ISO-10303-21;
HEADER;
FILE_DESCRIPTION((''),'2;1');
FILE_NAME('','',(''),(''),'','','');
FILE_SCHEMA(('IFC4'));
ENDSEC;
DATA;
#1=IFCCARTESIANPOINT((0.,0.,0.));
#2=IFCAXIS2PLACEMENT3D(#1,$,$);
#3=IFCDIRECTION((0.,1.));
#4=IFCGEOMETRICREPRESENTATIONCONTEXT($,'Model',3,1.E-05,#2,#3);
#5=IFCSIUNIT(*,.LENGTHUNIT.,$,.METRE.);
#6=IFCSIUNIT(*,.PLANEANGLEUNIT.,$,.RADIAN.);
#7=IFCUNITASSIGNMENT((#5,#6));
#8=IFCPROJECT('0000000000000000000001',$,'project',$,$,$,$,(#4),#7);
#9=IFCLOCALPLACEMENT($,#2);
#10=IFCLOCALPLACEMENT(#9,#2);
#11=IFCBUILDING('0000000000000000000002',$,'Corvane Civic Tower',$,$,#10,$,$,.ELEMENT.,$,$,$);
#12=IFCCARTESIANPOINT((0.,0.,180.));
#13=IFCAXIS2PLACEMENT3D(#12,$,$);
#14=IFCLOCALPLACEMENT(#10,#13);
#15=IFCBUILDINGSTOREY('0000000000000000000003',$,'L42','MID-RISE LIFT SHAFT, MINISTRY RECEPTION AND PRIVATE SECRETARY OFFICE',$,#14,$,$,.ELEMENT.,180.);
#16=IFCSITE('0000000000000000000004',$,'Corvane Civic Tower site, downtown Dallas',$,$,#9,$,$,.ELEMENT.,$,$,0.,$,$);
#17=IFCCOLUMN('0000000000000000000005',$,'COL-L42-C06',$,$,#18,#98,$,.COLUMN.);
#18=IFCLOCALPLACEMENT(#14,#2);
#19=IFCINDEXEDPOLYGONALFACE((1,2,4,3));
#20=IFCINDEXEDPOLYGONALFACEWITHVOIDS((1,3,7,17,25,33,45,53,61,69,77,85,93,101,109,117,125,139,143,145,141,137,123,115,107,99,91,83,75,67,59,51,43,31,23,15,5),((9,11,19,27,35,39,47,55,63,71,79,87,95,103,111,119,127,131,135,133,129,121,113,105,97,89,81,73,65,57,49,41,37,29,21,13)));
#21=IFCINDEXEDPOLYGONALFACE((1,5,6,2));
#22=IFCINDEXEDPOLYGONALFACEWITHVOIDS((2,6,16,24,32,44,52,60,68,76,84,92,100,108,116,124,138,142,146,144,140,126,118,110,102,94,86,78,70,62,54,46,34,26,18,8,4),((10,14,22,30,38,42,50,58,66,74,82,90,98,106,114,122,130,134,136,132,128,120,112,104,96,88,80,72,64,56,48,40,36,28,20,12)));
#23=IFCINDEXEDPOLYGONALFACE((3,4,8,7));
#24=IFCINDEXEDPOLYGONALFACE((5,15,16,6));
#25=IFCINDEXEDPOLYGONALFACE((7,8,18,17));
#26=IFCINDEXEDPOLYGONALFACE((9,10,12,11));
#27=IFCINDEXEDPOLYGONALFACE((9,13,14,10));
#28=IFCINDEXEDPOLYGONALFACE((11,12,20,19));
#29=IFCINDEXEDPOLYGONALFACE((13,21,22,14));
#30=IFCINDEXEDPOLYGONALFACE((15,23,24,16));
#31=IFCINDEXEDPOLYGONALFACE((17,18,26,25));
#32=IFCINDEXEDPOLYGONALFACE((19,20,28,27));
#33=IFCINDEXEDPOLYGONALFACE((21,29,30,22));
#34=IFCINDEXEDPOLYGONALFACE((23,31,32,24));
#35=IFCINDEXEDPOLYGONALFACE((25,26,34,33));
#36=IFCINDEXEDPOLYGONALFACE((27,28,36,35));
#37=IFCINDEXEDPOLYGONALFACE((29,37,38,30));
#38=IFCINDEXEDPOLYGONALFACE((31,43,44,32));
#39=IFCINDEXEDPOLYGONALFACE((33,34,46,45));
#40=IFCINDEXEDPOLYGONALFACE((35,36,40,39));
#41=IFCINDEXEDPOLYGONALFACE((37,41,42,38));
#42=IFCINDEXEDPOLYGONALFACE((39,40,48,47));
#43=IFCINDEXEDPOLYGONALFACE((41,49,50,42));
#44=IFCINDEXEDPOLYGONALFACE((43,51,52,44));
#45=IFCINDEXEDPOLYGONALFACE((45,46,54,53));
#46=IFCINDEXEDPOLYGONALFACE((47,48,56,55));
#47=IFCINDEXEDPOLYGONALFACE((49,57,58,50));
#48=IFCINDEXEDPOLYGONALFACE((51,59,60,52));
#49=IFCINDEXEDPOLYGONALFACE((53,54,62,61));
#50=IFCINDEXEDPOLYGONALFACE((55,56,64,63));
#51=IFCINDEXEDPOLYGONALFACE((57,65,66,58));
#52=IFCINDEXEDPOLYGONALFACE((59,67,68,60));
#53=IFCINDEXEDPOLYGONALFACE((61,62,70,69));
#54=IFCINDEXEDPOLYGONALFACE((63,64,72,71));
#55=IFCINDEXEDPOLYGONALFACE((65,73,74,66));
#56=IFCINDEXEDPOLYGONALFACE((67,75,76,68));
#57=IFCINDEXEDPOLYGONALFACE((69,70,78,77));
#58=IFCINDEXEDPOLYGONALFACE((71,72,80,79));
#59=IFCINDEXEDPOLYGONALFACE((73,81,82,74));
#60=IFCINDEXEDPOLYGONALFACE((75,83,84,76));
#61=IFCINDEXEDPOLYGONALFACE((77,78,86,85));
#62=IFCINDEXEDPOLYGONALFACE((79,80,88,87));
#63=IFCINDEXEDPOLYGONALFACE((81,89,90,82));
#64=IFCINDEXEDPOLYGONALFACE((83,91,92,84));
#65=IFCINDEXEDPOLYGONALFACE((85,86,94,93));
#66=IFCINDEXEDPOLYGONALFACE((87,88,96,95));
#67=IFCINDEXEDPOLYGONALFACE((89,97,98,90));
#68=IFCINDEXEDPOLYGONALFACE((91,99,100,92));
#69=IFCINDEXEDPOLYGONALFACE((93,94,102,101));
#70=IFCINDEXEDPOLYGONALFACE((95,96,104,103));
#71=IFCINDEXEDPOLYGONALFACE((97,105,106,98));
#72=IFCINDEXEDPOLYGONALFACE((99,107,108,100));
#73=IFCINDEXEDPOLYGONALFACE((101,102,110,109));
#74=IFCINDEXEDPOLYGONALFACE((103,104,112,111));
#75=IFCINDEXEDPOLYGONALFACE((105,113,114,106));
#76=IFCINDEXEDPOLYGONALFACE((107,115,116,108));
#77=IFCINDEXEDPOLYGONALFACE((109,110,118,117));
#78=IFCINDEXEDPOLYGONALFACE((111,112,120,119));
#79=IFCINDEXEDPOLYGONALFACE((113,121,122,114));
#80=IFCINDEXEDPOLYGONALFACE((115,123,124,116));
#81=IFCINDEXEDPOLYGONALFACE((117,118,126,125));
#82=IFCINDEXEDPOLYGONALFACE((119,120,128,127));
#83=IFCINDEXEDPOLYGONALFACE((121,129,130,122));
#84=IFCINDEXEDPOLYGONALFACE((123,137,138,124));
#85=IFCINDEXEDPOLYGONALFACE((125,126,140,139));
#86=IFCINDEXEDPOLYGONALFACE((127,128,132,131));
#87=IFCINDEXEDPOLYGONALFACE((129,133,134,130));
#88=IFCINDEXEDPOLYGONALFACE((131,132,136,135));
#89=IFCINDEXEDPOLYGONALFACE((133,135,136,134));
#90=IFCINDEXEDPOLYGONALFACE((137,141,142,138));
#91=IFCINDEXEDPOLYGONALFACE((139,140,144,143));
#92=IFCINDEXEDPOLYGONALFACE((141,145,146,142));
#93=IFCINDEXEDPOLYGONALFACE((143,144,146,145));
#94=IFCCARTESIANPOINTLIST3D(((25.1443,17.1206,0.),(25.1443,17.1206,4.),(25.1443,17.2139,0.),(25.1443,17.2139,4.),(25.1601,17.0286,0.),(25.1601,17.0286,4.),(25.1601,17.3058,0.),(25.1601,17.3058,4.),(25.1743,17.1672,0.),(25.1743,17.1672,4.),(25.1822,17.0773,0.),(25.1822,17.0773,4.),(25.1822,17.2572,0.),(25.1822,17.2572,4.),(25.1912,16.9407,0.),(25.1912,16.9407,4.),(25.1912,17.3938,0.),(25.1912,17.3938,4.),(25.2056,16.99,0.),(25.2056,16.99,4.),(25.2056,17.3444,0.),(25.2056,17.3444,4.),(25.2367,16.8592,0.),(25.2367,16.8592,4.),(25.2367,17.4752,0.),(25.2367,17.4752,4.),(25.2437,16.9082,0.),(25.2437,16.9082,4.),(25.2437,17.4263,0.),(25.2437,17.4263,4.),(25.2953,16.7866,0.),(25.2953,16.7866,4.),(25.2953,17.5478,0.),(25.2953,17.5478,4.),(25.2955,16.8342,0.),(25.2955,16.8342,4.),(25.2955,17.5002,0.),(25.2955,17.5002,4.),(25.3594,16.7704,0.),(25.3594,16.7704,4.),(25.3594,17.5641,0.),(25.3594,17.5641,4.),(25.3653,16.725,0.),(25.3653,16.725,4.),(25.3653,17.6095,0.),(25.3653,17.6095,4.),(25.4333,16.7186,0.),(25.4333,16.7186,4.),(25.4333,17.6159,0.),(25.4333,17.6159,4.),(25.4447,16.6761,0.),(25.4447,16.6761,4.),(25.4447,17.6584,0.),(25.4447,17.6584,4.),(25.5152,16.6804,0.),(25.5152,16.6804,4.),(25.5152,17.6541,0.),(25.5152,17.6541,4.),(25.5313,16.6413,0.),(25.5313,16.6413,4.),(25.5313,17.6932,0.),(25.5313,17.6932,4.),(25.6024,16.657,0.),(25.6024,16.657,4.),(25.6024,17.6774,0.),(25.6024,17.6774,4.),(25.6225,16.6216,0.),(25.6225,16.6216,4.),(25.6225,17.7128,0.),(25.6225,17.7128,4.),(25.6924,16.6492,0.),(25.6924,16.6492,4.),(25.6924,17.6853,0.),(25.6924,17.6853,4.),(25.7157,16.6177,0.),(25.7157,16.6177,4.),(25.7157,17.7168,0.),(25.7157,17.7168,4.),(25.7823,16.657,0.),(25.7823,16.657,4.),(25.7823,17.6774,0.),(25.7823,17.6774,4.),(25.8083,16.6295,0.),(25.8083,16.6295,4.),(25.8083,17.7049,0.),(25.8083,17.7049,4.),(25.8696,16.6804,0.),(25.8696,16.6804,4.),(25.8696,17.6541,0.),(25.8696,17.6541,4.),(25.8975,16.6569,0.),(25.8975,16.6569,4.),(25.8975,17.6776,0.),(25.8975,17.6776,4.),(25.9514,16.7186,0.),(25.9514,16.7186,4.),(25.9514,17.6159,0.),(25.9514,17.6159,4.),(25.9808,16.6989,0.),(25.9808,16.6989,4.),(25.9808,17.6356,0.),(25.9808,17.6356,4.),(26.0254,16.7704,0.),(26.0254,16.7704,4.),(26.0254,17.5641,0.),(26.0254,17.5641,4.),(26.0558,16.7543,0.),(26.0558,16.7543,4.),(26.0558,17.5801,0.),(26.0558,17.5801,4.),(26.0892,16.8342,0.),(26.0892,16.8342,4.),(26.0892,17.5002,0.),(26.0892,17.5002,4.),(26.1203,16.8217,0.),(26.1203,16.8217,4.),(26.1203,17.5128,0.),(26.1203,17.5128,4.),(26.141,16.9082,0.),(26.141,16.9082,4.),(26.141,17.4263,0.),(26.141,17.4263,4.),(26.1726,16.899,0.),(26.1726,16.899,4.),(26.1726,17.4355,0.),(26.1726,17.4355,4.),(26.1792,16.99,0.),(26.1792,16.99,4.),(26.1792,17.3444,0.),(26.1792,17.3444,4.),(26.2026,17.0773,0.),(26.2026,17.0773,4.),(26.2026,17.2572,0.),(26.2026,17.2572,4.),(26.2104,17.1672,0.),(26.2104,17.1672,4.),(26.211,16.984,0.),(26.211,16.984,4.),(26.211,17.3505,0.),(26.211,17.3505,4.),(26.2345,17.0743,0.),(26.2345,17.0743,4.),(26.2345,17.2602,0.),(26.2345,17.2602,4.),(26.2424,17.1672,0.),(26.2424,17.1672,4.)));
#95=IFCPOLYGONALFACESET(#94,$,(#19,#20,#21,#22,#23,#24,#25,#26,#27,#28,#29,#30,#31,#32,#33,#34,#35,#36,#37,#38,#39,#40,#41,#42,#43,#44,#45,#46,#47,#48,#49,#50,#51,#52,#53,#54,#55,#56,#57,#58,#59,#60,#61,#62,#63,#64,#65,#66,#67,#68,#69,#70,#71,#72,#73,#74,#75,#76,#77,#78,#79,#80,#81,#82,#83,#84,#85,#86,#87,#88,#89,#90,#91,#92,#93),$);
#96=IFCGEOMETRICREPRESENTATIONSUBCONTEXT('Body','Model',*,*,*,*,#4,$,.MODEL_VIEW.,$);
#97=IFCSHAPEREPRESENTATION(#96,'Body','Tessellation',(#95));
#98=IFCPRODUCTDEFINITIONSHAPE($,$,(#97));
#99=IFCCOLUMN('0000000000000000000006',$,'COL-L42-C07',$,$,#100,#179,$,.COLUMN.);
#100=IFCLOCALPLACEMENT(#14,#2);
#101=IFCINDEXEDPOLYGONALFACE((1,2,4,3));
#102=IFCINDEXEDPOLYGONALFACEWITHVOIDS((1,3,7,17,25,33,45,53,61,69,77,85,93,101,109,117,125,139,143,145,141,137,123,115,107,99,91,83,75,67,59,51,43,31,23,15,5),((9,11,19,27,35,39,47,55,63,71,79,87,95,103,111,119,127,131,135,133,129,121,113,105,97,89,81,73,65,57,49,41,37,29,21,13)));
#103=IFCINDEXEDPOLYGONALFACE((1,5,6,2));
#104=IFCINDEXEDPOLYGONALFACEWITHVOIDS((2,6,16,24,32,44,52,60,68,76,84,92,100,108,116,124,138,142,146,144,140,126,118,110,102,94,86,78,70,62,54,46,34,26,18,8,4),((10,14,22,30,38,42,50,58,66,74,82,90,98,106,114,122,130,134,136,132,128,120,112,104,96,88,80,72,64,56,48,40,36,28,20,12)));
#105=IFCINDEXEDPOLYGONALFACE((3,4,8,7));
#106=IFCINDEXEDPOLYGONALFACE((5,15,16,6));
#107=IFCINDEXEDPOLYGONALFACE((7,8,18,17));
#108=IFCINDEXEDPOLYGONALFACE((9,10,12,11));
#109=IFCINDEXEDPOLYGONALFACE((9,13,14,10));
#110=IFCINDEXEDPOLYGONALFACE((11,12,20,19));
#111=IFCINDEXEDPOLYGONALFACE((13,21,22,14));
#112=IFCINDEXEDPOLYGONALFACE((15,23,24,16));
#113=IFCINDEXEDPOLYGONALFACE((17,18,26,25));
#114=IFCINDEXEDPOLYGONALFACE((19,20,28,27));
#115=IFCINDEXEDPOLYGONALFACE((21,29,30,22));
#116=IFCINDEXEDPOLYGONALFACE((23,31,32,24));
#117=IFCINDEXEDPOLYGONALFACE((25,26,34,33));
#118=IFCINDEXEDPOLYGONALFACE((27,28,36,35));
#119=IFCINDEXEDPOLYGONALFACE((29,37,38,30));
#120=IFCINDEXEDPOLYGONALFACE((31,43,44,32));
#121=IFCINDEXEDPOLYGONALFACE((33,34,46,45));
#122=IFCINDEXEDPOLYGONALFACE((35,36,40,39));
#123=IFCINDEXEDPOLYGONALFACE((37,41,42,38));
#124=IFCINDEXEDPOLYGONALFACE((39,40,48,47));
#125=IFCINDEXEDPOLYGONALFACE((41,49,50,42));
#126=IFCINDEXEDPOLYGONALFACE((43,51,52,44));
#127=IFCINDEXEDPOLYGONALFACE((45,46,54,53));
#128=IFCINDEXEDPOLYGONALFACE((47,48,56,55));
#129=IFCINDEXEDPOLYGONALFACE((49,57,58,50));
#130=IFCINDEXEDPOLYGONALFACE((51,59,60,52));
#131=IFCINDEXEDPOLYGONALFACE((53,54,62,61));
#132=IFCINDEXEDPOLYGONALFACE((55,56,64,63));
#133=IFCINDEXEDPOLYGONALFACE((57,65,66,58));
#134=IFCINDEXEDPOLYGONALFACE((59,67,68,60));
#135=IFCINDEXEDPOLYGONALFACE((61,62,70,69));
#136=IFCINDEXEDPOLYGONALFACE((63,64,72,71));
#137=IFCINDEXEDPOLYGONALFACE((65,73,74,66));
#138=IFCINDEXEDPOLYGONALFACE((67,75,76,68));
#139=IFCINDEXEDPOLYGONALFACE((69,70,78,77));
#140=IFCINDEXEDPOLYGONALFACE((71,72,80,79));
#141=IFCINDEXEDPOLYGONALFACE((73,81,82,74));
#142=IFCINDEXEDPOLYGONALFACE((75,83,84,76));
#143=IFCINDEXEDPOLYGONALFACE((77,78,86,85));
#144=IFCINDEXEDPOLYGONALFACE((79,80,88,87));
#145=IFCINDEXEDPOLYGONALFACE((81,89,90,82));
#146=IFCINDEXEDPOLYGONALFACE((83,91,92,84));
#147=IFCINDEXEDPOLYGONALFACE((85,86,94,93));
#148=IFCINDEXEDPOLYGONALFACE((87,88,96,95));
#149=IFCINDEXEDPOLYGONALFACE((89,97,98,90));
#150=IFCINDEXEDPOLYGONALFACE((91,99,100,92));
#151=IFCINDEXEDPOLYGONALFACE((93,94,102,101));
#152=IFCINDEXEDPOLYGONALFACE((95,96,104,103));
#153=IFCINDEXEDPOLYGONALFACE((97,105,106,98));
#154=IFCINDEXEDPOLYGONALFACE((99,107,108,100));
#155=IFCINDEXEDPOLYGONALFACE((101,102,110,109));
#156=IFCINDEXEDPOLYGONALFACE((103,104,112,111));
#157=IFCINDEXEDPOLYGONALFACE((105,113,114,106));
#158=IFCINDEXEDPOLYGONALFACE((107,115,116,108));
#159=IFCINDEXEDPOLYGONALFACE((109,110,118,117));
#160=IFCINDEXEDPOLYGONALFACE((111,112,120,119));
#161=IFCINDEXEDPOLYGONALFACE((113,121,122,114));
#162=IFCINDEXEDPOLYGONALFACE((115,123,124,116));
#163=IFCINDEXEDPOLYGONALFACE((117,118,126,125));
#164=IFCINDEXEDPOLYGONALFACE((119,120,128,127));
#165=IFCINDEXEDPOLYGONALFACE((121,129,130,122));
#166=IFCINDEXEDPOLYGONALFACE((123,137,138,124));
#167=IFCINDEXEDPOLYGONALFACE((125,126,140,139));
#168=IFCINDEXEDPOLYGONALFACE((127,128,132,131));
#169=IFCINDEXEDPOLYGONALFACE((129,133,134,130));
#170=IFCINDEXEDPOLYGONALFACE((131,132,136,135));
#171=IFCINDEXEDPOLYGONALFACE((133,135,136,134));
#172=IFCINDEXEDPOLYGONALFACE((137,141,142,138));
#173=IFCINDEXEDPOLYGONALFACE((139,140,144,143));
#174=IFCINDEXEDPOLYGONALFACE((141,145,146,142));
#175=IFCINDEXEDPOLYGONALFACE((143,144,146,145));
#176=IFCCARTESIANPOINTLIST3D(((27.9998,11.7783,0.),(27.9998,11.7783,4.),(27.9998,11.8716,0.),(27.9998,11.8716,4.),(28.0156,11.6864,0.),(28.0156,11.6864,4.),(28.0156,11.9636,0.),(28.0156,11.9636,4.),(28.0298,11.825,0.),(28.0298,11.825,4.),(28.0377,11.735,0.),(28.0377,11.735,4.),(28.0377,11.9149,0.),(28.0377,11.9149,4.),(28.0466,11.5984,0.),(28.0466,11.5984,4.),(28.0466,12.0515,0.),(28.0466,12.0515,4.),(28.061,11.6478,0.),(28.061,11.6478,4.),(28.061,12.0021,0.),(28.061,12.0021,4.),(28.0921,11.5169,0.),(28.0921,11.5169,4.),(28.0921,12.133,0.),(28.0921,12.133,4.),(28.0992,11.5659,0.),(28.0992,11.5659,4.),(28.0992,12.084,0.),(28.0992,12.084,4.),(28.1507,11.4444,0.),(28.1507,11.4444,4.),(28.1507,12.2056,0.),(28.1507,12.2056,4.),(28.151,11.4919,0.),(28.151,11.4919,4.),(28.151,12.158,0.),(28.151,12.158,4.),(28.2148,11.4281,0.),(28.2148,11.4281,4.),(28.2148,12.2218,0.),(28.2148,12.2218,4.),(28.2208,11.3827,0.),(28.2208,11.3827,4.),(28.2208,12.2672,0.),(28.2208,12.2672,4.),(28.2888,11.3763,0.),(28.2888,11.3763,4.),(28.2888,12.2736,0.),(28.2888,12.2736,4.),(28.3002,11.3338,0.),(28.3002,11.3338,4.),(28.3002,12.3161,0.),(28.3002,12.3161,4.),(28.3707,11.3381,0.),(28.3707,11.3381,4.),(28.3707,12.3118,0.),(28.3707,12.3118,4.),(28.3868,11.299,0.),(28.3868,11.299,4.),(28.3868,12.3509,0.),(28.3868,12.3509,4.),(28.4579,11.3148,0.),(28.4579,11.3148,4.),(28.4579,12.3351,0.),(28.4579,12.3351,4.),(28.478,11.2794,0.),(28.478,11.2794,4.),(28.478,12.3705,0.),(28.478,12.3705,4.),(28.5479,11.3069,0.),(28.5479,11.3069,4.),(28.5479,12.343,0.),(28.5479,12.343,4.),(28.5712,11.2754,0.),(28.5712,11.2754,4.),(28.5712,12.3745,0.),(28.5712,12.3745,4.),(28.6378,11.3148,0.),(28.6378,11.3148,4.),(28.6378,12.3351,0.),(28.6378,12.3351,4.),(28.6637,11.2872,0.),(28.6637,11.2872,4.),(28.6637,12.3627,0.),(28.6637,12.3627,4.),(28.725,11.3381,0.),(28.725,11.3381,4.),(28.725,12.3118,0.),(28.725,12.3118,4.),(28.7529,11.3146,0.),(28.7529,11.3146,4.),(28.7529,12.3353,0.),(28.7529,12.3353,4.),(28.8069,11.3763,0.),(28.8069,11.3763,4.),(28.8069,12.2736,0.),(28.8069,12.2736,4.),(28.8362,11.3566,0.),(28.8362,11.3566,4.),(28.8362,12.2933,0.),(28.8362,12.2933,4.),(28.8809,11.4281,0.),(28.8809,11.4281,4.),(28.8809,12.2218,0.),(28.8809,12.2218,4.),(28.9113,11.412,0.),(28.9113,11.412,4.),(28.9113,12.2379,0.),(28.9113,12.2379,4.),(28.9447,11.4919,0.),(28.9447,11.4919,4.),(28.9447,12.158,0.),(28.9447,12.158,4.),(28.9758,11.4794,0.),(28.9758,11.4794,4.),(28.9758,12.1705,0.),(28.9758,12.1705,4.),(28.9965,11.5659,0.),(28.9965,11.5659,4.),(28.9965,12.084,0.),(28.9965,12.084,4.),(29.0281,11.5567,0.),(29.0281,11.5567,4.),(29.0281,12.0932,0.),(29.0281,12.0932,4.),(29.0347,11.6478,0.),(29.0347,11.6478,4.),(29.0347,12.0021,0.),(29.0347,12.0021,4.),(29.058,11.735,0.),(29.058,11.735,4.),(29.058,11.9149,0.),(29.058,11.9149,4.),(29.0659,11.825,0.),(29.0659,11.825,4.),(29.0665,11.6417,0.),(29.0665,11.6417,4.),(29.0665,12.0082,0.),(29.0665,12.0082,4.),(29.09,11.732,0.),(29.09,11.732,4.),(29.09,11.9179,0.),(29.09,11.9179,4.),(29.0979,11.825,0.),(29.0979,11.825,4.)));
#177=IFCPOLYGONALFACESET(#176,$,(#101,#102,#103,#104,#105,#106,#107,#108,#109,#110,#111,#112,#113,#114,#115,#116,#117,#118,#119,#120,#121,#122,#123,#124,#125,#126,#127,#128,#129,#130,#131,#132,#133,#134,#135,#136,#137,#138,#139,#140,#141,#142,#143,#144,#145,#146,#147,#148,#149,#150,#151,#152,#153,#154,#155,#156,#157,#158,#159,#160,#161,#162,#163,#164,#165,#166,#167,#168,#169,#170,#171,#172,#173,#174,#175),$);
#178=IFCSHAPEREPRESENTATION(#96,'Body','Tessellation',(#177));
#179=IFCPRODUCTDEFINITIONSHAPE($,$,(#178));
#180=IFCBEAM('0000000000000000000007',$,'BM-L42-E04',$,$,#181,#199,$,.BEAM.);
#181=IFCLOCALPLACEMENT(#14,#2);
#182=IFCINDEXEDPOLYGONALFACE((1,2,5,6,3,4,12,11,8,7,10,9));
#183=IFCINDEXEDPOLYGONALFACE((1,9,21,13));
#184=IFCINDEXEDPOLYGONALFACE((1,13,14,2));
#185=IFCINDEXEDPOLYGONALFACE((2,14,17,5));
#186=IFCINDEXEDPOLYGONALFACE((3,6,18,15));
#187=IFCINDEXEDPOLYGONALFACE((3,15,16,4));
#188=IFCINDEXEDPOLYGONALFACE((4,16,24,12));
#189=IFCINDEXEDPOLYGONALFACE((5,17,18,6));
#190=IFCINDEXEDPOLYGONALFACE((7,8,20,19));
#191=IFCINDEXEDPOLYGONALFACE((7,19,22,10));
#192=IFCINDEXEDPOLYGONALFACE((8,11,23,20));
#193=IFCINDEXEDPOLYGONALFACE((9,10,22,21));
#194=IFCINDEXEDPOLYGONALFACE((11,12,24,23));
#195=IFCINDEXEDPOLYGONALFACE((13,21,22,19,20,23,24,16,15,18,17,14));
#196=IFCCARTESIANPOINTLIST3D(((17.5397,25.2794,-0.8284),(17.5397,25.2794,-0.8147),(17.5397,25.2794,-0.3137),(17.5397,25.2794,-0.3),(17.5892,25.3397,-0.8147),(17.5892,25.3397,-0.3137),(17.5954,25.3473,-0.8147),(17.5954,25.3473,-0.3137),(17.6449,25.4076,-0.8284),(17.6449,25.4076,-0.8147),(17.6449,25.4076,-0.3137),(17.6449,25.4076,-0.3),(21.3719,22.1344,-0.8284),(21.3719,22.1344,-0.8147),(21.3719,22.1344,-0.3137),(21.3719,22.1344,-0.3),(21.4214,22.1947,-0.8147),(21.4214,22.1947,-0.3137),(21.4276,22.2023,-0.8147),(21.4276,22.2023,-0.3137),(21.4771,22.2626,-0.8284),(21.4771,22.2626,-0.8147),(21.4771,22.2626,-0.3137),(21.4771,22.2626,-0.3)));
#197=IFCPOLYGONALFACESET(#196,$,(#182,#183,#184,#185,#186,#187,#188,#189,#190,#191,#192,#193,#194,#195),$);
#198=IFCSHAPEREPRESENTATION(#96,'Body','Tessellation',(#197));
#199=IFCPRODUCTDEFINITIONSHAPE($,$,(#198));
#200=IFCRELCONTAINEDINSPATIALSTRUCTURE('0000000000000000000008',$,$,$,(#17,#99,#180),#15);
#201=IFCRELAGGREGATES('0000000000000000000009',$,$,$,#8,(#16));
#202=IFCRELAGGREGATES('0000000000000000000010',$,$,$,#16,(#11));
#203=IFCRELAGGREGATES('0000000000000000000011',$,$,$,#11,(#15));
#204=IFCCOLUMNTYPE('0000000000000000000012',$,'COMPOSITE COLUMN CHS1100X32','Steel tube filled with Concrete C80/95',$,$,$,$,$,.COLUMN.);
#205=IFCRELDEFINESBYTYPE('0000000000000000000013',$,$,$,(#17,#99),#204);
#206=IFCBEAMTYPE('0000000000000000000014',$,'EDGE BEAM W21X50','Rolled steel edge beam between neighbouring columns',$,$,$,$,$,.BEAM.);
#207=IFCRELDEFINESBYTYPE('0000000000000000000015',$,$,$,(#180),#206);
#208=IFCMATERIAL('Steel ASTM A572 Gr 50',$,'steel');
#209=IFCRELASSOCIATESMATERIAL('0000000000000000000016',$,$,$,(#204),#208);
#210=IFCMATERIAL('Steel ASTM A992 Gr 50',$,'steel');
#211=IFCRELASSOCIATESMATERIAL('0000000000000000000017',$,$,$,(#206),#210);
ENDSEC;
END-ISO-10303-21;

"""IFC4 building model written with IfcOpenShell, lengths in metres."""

from ifc_helpers import new_model, si_unit, direction, frame, origin, origin_2d, place, context, subcontext, project, spatial, hollow_circle, i_section, extrude, material, material_profile, profile_set, type_object, element, save


model = new_model("IFC4")

# Units and contexts
model_context = context("Model", 3, precision=1e-05, world=origin(), true_north=direction((0.0, 1.0)))
body_context = subcontext(model_context, "Body", "Model", "MODEL_VIEW")
ifc_project = project(units=[si_unit("LENGTHUNIT", "METRE"), si_unit("PLANEANGLEUNIT", "RADIAN")], contexts=[model_context])

# Site, building, storey
site_placement = place(None, origin())
site = spatial("IfcSite", under=ifc_project, at=site_placement, Name="Corvane Civic Tower site, downtown Dallas", CompositionType="ELEMENT", RefElevation=0.0)
building_placement = place(site_placement, origin())
building = spatial("IfcBuilding", under=site, at=building_placement, Name="Corvane Civic Tower", CompositionType="ELEMENT")
storey_placement = place(building_placement, frame((0.0, 0.0, 180.0)))
storey = spatial("IfcBuildingStorey", under=building, at=storey_placement, Name="L42", Description="MID-RISE LIFT SHAFT, MINISTRY RECEPTION AND PRIVATE SECRETARY OFFICE", CompositionType="ELEMENT", Elevation=180.0)

# Columns
ifc_material_1 = material(Name="Steel ASTM A572 Gr 50", Category="steel")
ifc_material_profile_1 = material_profile(ifc_material_1, hollow_circle(Radius=0.55, WallThickness=0.032, at=origin_2d()), Name="CHS1100X32")
ifc_profile_set_1 = profile_set([ifc_material_profile_1], Name="Steel ASTM A572 Gr 50")
column_type = type_object("IfcColumnType", Name="COMPOSITE COLUMN CHS1100X32", Description="Steel tube filled with Concrete C80/95", PredefinedType="COLUMN", material=ifc_profile_set_1)
for number, where, z_axis, x_axis, name in (
    (1, (25.6924, 17.1672, 0.0), (0.0, 0.0, 1.0), (1.0, 0.0, 0.0), "COL-L42-C06"),
    (2, (28.5479, 11.825, 0.0), (0.0, 0.0, 1.0), (1.0, 0.0, 0.0), "COL-L42-C07"),
):
    element("IfcColumn", number, at=place(storey_placement, frame(where, z_axis=z_axis, x_axis=x_axis)), inside=storey, type_object=column_type, Name=name, PredefinedType="COLUMN", context=body_context, shape_type="SweptSolid", body=[
        extrude(hollow_circle(Radius=0.55, WallThickness=0.032, at=origin_2d()), origin(), (0.0, 0.0, 1.0), 4.0),
    ])

# Beam
ifc_material_2 = material(Name="Steel ASTM A992 Gr 50", Category="steel")
ifc_material_profile_2 = material_profile(ifc_material_2, i_section(OverallWidth=0.1658, OverallDepth=0.5283, WebThickness=0.0098, FlangeThickness=0.0137, at=origin_2d()), Name="W21X50")
ifc_profile_set_2 = profile_set([ifc_material_profile_2], Name="Steel ASTM A992 Gr 50")
beam_type_1 = type_object("IfcBeamType", Name="EDGE BEAM W21X50", Description="Rolled steel edge beam between neighbouring columns", PredefinedType="BEAM", material=ifc_profile_set_2)
for number, where, z_axis, x_axis, name in (
    (3, (17.5923, 25.3435, -0.5642), (0.773015, -0.634388, 0.0), (0.634388, 0.773015, 0.0), "BM-L42-E04"),
):
    element("IfcBeam", number, at=place(storey_placement, frame(where, z_axis=z_axis, x_axis=x_axis)), inside=storey, type_object=beam_type_1, Name=name, PredefinedType="BEAM", context=body_context, shape_type="SweptSolid", body=[
        extrude(i_section(OverallWidth=0.1658, OverallDepth=0.5283, WebThickness=0.0098, FlangeThickness=0.0137, at=origin_2d()), origin(), (0.0, 0.0, 1.0), 4.9575),
    ])

save(model, "model.ifc")
